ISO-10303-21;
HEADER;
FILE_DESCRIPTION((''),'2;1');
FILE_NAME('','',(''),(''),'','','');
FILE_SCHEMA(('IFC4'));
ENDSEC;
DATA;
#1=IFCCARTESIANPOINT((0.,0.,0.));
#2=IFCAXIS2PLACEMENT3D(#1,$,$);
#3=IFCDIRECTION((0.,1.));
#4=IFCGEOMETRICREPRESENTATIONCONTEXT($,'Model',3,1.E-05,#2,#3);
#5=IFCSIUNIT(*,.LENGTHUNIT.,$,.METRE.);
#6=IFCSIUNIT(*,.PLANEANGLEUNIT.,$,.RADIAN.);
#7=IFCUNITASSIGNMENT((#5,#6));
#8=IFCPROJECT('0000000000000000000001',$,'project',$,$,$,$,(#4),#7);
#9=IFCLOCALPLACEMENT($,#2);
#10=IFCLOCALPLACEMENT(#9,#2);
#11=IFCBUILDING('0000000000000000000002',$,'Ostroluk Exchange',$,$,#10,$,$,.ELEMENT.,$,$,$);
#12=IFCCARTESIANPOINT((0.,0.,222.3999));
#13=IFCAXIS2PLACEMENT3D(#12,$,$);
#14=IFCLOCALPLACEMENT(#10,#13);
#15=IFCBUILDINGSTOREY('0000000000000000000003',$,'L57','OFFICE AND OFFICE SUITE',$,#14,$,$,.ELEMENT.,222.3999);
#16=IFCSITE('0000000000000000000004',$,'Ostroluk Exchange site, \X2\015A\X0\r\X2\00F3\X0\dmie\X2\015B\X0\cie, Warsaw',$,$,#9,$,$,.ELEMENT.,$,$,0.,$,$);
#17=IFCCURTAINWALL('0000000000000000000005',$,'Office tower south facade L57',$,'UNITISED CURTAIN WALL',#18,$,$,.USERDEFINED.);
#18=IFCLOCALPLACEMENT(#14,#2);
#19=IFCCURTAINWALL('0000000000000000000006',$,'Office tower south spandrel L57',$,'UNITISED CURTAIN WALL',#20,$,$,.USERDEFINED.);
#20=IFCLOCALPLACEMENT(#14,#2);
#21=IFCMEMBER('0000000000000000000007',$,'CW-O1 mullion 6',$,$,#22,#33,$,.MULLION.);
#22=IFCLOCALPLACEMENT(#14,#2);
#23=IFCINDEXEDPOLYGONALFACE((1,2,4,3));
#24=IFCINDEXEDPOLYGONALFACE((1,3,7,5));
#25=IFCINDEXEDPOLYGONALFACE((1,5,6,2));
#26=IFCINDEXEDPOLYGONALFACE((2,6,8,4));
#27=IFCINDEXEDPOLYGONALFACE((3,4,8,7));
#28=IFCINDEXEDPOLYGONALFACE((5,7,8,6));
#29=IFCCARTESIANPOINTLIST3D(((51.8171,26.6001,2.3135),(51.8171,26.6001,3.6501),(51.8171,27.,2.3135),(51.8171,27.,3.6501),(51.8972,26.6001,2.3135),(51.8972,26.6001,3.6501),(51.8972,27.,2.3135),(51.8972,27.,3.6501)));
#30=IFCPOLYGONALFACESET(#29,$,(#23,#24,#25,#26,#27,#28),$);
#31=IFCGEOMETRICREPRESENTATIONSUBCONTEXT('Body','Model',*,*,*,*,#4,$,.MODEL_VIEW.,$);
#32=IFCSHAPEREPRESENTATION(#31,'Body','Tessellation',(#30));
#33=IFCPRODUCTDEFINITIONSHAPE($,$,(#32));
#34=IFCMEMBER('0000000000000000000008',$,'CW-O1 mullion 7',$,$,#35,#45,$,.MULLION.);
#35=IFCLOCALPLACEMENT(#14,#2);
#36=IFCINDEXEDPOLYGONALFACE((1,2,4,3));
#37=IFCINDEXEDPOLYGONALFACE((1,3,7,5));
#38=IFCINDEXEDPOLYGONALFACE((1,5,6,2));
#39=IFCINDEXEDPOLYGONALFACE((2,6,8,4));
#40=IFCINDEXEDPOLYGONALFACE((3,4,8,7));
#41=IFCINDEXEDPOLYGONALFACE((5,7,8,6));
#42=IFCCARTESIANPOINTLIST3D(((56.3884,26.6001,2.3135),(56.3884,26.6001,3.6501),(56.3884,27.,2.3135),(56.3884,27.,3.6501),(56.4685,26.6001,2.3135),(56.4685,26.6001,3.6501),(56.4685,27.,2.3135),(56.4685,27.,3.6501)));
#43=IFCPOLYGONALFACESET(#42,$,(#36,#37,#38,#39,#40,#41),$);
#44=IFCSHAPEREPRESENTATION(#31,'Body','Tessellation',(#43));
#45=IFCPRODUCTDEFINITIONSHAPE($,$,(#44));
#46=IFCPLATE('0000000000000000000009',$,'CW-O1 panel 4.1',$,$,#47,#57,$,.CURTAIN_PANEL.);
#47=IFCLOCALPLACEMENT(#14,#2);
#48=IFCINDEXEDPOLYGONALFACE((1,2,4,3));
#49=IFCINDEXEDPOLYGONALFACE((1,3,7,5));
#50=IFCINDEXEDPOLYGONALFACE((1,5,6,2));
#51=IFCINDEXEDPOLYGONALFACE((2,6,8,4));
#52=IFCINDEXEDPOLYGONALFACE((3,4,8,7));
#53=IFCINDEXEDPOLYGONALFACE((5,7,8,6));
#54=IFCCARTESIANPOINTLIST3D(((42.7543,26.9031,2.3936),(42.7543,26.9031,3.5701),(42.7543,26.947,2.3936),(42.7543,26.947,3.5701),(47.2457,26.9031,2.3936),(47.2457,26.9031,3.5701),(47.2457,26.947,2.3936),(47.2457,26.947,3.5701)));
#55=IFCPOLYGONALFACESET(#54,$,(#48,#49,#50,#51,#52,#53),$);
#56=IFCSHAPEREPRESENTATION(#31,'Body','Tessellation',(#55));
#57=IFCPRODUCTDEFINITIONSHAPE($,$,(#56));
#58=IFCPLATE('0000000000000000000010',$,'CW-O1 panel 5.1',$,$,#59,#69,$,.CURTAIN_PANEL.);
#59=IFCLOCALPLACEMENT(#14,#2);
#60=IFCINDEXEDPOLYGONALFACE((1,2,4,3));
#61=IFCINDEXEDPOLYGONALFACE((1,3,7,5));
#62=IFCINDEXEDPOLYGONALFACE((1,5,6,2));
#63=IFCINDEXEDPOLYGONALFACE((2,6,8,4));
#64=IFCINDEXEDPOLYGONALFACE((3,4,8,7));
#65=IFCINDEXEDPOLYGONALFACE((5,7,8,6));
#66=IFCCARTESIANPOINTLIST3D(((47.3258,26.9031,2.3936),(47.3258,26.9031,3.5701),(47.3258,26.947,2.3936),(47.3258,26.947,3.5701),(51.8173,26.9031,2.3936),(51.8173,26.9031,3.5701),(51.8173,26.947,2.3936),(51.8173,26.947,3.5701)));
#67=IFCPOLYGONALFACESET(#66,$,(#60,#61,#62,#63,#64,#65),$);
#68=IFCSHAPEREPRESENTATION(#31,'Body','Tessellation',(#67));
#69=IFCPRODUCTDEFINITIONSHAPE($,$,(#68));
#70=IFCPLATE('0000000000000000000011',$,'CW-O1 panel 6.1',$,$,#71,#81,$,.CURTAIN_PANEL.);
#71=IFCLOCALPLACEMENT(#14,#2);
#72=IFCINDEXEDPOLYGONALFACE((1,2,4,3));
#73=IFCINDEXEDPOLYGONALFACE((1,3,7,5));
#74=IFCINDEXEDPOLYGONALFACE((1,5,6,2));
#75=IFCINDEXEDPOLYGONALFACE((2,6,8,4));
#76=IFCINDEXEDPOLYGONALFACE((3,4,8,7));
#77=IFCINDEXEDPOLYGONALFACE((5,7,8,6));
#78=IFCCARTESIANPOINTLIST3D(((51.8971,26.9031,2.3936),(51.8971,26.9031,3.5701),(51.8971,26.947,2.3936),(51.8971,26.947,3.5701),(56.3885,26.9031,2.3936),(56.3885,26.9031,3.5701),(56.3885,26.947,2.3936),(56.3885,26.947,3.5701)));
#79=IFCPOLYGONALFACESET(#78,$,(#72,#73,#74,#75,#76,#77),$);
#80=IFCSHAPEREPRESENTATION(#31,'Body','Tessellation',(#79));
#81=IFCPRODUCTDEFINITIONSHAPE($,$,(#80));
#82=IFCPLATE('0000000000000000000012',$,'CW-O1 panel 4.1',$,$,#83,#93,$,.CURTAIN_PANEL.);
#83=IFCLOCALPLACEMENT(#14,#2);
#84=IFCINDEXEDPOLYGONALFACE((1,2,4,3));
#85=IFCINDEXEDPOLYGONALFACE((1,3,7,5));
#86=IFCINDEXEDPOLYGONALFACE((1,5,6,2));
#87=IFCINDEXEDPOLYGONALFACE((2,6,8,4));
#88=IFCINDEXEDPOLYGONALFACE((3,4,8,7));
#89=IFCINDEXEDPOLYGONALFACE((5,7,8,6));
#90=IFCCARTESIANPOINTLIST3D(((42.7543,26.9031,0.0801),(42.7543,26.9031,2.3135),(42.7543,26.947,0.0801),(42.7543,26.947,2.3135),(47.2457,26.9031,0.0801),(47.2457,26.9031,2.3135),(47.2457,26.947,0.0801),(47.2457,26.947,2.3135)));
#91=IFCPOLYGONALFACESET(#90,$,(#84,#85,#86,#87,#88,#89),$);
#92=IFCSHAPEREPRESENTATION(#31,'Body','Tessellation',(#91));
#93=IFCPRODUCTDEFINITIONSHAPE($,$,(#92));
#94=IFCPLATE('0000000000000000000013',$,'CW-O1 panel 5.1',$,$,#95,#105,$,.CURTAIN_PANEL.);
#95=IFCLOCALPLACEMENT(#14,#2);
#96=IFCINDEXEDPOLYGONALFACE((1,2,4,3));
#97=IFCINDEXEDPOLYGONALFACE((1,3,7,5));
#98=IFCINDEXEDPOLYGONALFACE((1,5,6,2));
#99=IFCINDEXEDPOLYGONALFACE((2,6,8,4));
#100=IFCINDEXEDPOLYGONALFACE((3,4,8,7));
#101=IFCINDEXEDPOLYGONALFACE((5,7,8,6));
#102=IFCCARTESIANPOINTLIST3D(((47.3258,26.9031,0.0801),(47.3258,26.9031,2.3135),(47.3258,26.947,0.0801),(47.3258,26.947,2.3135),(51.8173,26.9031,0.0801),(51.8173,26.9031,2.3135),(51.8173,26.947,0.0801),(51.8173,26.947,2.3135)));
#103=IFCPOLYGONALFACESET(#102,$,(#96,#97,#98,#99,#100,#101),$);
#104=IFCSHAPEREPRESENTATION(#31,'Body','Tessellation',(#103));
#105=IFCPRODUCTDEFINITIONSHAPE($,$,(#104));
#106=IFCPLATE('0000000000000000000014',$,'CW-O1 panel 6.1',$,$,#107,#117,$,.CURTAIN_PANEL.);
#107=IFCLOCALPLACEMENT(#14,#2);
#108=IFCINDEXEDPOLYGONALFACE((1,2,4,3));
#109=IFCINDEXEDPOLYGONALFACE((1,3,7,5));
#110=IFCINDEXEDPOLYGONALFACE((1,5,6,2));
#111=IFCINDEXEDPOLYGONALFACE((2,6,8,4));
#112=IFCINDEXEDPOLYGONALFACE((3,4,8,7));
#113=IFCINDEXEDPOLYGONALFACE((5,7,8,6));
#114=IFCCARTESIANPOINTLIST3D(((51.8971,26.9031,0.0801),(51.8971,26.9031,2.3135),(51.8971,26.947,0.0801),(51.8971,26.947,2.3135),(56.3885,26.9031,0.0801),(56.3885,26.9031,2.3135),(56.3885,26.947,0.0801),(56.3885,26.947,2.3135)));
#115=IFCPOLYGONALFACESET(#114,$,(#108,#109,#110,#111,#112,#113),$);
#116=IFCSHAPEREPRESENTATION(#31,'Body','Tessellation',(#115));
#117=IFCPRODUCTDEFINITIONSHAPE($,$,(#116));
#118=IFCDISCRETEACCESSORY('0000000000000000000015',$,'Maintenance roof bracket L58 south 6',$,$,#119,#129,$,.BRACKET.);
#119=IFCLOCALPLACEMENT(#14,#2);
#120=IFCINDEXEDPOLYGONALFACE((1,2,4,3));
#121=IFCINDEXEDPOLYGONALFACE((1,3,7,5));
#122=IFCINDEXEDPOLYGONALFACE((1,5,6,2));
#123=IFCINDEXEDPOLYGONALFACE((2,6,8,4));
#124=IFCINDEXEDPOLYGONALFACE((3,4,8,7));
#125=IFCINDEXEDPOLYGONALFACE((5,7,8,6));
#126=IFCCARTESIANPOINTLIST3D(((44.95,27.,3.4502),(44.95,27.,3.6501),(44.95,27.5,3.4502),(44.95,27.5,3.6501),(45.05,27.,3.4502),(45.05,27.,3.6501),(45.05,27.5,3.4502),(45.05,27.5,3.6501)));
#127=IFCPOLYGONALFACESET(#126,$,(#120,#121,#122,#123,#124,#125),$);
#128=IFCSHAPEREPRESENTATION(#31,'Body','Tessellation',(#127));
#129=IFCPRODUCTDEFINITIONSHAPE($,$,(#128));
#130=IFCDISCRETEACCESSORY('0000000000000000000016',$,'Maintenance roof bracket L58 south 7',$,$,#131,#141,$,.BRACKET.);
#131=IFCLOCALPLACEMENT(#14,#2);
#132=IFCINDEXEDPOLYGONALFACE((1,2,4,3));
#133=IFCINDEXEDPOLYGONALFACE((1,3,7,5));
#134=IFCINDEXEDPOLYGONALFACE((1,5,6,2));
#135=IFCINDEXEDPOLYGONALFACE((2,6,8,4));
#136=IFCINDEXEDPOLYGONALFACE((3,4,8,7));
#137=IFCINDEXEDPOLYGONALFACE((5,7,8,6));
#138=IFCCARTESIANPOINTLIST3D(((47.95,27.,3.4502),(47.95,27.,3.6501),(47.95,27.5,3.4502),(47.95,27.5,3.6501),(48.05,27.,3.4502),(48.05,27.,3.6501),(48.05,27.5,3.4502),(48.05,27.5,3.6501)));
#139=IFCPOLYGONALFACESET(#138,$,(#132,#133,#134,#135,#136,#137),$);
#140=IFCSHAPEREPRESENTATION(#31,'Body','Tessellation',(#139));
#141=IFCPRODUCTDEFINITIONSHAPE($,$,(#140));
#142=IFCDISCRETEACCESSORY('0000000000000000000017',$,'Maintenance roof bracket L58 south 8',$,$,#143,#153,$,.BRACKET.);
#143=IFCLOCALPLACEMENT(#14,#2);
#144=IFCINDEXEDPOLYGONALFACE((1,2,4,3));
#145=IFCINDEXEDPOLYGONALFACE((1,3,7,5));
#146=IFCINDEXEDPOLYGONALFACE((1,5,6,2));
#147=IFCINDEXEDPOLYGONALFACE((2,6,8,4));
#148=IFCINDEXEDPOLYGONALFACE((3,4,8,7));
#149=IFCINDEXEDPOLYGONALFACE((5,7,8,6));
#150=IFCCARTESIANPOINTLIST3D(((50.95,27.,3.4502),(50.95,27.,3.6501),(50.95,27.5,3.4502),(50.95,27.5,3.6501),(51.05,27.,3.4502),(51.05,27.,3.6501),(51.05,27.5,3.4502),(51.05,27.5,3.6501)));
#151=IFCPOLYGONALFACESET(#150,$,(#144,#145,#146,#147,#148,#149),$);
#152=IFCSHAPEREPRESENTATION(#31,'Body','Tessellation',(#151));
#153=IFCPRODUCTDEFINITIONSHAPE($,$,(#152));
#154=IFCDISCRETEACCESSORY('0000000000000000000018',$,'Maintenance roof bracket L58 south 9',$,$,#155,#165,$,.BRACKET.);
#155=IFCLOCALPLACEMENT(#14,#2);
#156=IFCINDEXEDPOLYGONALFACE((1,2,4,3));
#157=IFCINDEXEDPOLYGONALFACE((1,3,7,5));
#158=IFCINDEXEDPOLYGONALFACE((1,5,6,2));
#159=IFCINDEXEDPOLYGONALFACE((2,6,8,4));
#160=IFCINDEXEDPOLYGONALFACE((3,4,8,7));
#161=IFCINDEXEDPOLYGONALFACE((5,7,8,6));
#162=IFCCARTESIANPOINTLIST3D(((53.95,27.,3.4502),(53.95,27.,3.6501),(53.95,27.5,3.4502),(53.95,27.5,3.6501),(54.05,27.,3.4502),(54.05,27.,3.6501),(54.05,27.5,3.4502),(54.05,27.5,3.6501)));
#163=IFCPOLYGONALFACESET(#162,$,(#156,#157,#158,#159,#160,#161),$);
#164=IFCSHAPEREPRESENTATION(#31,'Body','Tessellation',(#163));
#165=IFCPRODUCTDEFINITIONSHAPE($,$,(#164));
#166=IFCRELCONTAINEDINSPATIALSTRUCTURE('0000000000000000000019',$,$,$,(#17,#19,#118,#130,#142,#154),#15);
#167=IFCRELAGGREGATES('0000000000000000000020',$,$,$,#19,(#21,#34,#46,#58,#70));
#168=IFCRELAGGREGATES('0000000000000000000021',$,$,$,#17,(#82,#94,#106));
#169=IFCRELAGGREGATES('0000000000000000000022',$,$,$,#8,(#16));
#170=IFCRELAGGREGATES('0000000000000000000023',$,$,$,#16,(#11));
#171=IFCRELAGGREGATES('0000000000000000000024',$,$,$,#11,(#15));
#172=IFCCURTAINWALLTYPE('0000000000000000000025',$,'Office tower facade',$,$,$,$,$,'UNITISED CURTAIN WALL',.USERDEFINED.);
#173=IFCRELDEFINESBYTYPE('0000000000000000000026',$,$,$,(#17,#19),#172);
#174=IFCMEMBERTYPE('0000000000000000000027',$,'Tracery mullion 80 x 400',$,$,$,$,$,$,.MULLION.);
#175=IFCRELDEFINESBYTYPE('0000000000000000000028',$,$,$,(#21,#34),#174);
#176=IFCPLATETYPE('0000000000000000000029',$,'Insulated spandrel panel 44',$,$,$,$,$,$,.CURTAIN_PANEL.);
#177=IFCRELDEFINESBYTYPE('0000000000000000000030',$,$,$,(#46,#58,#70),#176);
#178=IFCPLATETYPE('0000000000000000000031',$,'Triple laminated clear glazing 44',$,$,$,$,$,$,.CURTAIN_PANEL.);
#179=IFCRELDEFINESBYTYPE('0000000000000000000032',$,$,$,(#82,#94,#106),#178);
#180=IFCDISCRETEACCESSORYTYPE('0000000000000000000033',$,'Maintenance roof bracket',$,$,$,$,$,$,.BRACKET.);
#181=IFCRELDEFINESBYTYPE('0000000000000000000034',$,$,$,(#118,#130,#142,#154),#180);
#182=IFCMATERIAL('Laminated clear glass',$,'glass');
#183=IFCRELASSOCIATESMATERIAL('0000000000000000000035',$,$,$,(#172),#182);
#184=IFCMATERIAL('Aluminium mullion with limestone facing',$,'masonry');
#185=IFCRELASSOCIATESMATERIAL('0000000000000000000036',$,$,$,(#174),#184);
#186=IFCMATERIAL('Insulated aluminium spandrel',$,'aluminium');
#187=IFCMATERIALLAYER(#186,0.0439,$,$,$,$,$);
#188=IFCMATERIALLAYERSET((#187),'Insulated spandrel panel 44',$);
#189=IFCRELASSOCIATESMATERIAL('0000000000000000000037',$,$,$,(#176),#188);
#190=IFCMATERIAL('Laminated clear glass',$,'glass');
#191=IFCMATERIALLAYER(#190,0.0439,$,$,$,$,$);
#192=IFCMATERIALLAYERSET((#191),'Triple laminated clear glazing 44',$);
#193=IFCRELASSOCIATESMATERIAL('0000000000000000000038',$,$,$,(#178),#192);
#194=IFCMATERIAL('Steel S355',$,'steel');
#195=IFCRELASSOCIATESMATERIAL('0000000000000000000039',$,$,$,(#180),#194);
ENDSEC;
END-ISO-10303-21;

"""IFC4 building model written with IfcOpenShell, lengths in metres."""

from ifc_helpers import new_model, si_unit, direction, frame, origin, origin_2d, place, context, subcontext, project, spatial, rectangle, extrude, material, layer, layer_set, material_profile, profile_set, type_object, element, aggregate, save


model = new_model("IFC4")

# Units and contexts
model_context = context("Model", 3, precision=1e-05, world=origin(), true_north=direction((0.0, 1.0)))
body_context = subcontext(model_context, "Body", "Model", "MODEL_VIEW")
ifc_project = project(units=[si_unit("LENGTHUNIT", "METRE"), si_unit("PLANEANGLEUNIT", "RADIAN")], contexts=[model_context])

# Site, building, storey
site_placement = place(None, origin())
site = spatial("IfcSite", under=ifc_project, at=site_placement, Name="Ostroluk Exchange site, Śródmieście, Warsaw", CompositionType="ELEMENT", RefElevation=0.0)
building_placement = place(site_placement, origin())
building = spatial("IfcBuilding", under=site, at=building_placement, Name="Ostroluk Exchange", CompositionType="ELEMENT")
storey_placement = place(building_placement, frame((0.0, 0.0, 222.3999)))
storey = spatial("IfcBuildingStorey", under=building, at=storey_placement, Name="L57", Description="OFFICE AND OFFICE SUITE", CompositionType="ELEMENT", Elevation=222.3999)

# Curtain walls
ifc_material_1 = material(Name="Laminated clear glass", Category="glass")
curtain_wall_type = type_object("IfcCurtainWallType", Name="Office tower facade", ElementType="UNITISED CURTAIN WALL", PredefinedType="USERDEFINED", material=ifc_material_1)
curtain_wall_1_placement = place(storey_placement, origin())
curtain_wall_1 = element("IfcCurtainWall", 1, at=curtain_wall_1_placement, inside=storey, type_object=curtain_wall_type, Name="Office tower south facade L57", ObjectType="UNITISED CURTAIN WALL", PredefinedType="USERDEFINED")
curtain_wall_2_placement = place(storey_placement, origin())
curtain_wall_2 = element("IfcCurtainWall", 2, at=curtain_wall_2_placement, inside=storey, type_object=curtain_wall_type, Name="Office tower south spandrel L57", ObjectType="UNITISED CURTAIN WALL", PredefinedType="USERDEFINED")

# Members
ifc_material_2 = material(Name="Aluminium mullion with limestone facing", Category="masonry")
ifc_material_profile_1 = material_profile(ifc_material_2, rectangle(XDim=0.3999, YDim=0.0801, at=origin_2d()), Name="Tracery mullion 80 x 400")
ifc_profile_set_1 = profile_set([ifc_material_profile_1], Name="Aluminium mullion with limestone facing")
member_type_1 = type_object("IfcMemberType", Name="Tracery mullion 80 x 400", PredefinedType="MULLION", material=ifc_profile_set_1)
member_1_placement = place(storey_placement, frame((51.8572, 26.8, 2.3135), z_axis=(0.0, 0.0, 1.0), x_axis=(0.0, 1.0, 0.0)))
member_1 = element("IfcMember", 3, at=member_1_placement, type_object=member_type_1, Name="CW-O1 mullion 6", PredefinedType="MULLION", context=body_context, shape_type="SweptSolid", body=[
    extrude(rectangle(XDim=0.3999, YDim=0.0801, at=origin_2d()), origin(), (0.0, 0.0, 1.0), 1.3367),
])
member_2_placement = place(storey_placement, frame((56.4285, 26.8, 2.3135), z_axis=(0.0, 0.0, 1.0), x_axis=(0.0, 1.0, 0.0)))
member_2 = element("IfcMember", 4, at=member_2_placement, type_object=member_type_1, Name="CW-O1 mullion 7", PredefinedType="MULLION", context=body_context, shape_type="SweptSolid", body=[
    extrude(rectangle(XDim=0.3999, YDim=0.0801, at=origin_2d()), origin(), (0.0, 0.0, 1.0), 1.3367),
])

# Plates
ifc_material_3 = material(Name="Insulated aluminium spandrel", Category="aluminium")
ifc_layer_1 = layer(ifc_material_3, 0.0439)
ifc_layer_set_1 = layer_set([ifc_layer_1], Name="Insulated spandrel panel 44")
plate_type_1 = type_object("IfcPlateType", Name="Insulated spandrel panel 44", PredefinedType="CURTAIN_PANEL", material=ifc_layer_set_1)
plate_1_placement = place(storey_placement, frame((45.0, 26.925, 2.3936), z_axis=(0.0, 0.0, 1.0), x_axis=(1.0, 0.0, 0.0)))
plate_1 = element("IfcPlate", 5, at=plate_1_placement, type_object=plate_type_1, Name="CW-O1 panel 4.1", PredefinedType="CURTAIN_PANEL", context=body_context, shape_type="SweptSolid", body=[
    extrude(rectangle(XDim=4.4915, YDim=0.0439, at=origin_2d()), origin(), (0.0, 0.0, 1.0), 1.1765),
])
plate_2_placement = place(storey_placement, frame((49.5715, 26.925, 2.3936), z_axis=(0.0, 0.0, 1.0), x_axis=(1.0, 0.0, 0.0)))
plate_2 = element("IfcPlate", 6, at=plate_2_placement, type_object=plate_type_1, Name="CW-O1 panel 5.1", PredefinedType="CURTAIN_PANEL", context=body_context, shape_type="SweptSolid", body=[
    extrude(rectangle(XDim=4.4915, YDim=0.0439, at=origin_2d()), origin(), (0.0, 0.0, 1.0), 1.1765),
])
plate_3_placement = place(storey_placement, frame((54.1428, 26.925, 2.3936), z_axis=(0.0, 0.0, 1.0), x_axis=(1.0, 0.0, 0.0)))
plate_3 = element("IfcPlate", 7, at=plate_3_placement, type_object=plate_type_1, Name="CW-O1 panel 6.1", PredefinedType="CURTAIN_PANEL", context=body_context, shape_type="SweptSolid", body=[
    extrude(rectangle(XDim=4.4915, YDim=0.0439, at=origin_2d()), origin(), (0.0, 0.0, 1.0), 1.1765),
])
aggregate(curtain_wall_2, [member_1, member_2, plate_1, plate_2, plate_3])
ifc_material_4 = material(Name="Laminated clear glass", Category="glass")
ifc_layer_2 = layer(ifc_material_4, 0.0439)
ifc_layer_set_2 = layer_set([ifc_layer_2], Name="Triple laminated clear glazing 44")
plate_type_2 = type_object("IfcPlateType", Name="Triple laminated clear glazing 44", PredefinedType="CURTAIN_PANEL", material=ifc_layer_set_2)
plate_4_placement = place(storey_placement, frame((45.0, 26.925, 0.0801), z_axis=(0.0, 0.0, 1.0), x_axis=(1.0, 0.0, 0.0)))
plate_4 = element("IfcPlate", 8, at=plate_4_placement, type_object=plate_type_2, Name="CW-O1 panel 4.1", PredefinedType="CURTAIN_PANEL", context=body_context, shape_type="SweptSolid", body=[
    extrude(rectangle(XDim=4.4915, YDim=0.0439, at=origin_2d()), origin(), (0.0, 0.0, 1.0), 2.2334),
])
plate_5_placement = place(storey_placement, frame((49.5715, 26.925, 0.0801), z_axis=(0.0, 0.0, 1.0), x_axis=(1.0, 0.0, 0.0)))
plate_5 = element("IfcPlate", 9, at=plate_5_placement, type_object=plate_type_2, Name="CW-O1 panel 5.1", PredefinedType="CURTAIN_PANEL", context=body_context, shape_type="SweptSolid", body=[
    extrude(rectangle(XDim=4.4915, YDim=0.0439, at=origin_2d()), origin(), (0.0, 0.0, 1.0), 2.2334),
])
plate_6_placement = place(storey_placement, frame((54.1428, 26.925, 0.0801), z_axis=(0.0, 0.0, 1.0), x_axis=(1.0, 0.0, 0.0)))
plate_6 = element("IfcPlate", 10, at=plate_6_placement, type_object=plate_type_2, Name="CW-O1 panel 6.1", PredefinedType="CURTAIN_PANEL", context=body_context, shape_type="SweptSolid", body=[
    extrude(rectangle(XDim=4.4915, YDim=0.0439, at=origin_2d()), origin(), (0.0, 0.0, 1.0), 2.2334),
])
aggregate(curtain_wall_1, [plate_4, plate_5, plate_6])

# Discrete accessories
ifc_material_5 = material(Name="Steel S355", Category="steel")
discrete_accessory_type = type_object("IfcDiscreteAccessoryType", Name="Maintenance roof bracket", PredefinedType="BRACKET", material=ifc_material_5)
for number, where, z_axis, x_axis, name in (
    (11, (45.0, 27.25, 3.4502), (0.0, 0.0, 1.0), (1.0, 0.0, 0.0), "Maintenance roof bracket L58 south 6"),
    (12, (48.0, 27.25, 3.4502), (0.0, 0.0, 1.0), (1.0, 0.0, 0.0), "Maintenance roof bracket L58 south 7"),
    (13, (51.0, 27.25, 3.4502), (0.0, 0.0, 1.0), (1.0, 0.0, 0.0), "Maintenance roof bracket L58 south 8"),
    (14, (54.0, 27.25, 3.4502), (0.0, 0.0, 1.0), (1.0, 0.0, 0.0), "Maintenance roof bracket L58 south 9"),
):
    element("IfcDiscreteAccessory", number, at=place(storey_placement, frame(where, z_axis=z_axis, x_axis=x_axis)), inside=storey, type_object=discrete_accessory_type, Name=name, PredefinedType="BRACKET", context=body_context, shape_type="SweptSolid", body=[
        extrude(rectangle(XDim=0.1001, YDim=0.5, at=origin_2d()), origin(), (0.0, 0.0, 1.0), 0.2),
    ])

save(model, "model.ifc")
